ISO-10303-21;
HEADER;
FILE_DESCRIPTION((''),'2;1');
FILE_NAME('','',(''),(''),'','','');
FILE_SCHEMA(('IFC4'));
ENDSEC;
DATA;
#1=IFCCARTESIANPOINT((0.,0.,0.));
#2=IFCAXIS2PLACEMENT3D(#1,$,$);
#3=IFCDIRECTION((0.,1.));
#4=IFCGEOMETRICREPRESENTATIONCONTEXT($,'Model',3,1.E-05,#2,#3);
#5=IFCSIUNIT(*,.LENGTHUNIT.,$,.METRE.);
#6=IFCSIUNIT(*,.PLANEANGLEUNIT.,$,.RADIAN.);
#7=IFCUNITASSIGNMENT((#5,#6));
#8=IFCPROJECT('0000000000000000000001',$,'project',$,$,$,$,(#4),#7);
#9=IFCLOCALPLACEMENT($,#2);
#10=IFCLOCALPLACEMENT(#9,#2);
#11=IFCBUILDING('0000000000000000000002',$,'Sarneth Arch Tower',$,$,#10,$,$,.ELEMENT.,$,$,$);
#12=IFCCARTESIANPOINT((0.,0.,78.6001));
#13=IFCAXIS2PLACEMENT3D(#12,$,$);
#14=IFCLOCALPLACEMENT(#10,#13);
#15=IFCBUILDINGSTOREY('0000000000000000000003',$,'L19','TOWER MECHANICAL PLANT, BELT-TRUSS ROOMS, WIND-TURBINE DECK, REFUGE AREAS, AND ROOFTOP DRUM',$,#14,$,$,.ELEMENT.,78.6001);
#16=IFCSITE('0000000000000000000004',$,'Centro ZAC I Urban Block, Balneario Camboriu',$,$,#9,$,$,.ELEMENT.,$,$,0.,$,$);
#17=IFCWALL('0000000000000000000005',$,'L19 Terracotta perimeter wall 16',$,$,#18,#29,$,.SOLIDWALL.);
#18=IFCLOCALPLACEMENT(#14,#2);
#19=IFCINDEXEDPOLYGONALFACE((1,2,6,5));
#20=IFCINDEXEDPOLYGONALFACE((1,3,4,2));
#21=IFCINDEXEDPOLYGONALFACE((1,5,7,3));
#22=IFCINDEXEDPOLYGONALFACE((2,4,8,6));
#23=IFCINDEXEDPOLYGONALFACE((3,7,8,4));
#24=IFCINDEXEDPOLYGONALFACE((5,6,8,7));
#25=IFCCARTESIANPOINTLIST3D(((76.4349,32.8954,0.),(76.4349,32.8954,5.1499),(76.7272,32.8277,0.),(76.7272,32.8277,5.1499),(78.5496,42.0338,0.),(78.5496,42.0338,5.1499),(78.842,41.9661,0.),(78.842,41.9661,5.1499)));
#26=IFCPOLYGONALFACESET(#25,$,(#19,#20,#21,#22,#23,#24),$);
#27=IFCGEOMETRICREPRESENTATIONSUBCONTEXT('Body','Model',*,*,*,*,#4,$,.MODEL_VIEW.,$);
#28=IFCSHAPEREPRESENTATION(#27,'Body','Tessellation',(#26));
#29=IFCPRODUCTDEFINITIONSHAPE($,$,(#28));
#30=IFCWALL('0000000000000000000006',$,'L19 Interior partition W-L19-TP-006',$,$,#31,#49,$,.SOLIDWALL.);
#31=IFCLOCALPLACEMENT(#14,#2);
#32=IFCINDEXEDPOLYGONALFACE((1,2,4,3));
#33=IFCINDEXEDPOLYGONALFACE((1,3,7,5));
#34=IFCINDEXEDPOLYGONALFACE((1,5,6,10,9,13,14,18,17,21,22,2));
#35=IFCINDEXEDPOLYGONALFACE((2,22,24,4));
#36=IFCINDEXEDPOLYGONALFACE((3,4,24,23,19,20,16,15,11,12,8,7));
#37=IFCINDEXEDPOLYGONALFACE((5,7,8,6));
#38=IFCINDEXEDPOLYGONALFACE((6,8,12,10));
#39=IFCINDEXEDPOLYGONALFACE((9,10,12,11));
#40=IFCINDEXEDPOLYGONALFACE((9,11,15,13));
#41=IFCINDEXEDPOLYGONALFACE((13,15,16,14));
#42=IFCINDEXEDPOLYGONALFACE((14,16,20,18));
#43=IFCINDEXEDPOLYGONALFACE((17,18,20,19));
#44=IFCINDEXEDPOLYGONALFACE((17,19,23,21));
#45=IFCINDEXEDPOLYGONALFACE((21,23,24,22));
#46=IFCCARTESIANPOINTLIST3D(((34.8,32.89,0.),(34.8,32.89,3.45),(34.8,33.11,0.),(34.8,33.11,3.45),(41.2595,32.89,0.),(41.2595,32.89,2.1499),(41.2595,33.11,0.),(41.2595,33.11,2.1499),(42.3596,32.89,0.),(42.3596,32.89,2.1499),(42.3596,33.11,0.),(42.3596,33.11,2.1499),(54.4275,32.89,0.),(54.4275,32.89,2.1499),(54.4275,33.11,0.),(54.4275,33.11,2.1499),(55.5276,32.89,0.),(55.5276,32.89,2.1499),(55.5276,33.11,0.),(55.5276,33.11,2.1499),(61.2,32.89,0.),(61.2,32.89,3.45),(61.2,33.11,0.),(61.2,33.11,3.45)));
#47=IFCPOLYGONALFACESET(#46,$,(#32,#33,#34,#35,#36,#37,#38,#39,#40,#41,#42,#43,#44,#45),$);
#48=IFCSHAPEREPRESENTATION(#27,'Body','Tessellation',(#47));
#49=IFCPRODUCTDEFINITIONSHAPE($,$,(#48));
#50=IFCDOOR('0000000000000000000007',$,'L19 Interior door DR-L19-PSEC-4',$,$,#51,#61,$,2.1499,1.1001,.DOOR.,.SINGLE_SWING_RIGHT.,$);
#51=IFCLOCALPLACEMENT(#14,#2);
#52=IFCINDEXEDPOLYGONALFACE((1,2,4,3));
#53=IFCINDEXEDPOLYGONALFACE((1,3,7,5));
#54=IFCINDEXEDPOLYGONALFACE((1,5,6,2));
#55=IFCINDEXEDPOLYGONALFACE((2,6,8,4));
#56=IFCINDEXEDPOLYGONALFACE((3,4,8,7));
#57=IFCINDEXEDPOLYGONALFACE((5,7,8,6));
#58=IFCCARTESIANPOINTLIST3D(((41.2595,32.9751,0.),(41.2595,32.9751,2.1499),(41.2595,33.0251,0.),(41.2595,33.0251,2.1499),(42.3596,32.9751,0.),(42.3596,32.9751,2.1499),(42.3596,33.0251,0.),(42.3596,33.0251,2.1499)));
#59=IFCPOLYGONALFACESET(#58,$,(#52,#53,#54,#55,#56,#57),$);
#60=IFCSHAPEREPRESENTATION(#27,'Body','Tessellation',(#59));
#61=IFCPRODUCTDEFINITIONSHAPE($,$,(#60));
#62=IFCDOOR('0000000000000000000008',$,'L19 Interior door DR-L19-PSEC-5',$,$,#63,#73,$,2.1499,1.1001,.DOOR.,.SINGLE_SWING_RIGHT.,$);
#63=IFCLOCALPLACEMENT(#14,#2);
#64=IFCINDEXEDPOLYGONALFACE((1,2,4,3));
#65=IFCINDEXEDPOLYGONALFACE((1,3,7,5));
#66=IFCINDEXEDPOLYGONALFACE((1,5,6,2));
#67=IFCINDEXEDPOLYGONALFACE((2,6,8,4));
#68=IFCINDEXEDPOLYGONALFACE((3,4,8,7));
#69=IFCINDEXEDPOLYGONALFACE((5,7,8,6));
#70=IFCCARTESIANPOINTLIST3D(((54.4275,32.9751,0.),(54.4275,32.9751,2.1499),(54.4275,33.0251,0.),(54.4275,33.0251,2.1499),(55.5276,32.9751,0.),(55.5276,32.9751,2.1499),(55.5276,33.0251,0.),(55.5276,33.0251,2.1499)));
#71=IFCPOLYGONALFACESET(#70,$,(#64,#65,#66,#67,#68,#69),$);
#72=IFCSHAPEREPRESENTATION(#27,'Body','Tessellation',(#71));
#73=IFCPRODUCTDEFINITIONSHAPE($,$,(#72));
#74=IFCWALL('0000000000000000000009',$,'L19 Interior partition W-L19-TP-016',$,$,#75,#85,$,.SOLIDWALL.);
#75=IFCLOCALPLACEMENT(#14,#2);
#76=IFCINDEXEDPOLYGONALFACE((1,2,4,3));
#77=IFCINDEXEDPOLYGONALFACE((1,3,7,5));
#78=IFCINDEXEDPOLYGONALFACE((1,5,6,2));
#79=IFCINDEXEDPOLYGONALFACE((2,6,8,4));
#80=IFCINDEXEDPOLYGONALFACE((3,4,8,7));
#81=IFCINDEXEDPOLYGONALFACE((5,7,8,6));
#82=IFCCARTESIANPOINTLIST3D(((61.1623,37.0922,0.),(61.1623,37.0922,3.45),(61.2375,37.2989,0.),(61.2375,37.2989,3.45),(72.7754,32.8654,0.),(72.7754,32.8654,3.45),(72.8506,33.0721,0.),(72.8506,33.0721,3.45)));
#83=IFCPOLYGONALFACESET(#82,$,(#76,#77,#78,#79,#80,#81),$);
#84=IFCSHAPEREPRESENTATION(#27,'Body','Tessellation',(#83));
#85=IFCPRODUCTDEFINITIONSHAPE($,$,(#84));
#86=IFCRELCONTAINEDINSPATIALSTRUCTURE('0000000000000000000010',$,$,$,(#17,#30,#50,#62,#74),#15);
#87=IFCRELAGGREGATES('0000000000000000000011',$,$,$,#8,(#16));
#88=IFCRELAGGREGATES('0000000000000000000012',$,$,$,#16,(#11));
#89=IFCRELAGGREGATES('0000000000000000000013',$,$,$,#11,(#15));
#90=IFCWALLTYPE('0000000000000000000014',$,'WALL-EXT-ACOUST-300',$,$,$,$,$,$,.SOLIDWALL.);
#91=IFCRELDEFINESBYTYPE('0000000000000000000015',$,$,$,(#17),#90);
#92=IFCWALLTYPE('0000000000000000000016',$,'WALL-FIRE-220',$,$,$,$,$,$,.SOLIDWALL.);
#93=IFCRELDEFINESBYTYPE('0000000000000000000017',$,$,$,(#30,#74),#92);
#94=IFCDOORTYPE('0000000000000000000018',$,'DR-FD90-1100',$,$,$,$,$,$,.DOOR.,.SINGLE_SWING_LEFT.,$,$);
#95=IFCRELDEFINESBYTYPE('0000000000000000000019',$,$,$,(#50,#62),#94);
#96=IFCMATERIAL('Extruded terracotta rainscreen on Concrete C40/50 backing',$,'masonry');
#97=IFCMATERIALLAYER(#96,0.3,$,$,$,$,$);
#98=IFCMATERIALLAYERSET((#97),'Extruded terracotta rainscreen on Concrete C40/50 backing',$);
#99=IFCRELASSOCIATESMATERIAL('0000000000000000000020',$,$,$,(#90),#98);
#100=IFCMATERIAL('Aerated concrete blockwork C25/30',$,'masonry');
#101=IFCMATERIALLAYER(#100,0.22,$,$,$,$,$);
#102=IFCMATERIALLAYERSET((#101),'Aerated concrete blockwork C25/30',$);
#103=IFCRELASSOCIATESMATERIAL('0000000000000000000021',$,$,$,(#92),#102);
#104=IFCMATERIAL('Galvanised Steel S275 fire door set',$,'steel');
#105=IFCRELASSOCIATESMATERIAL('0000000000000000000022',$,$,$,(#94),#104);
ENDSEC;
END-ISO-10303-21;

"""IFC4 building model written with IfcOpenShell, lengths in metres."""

from ifc_helpers import new_model, si_unit, direction, frame, frame_2d, origin, place, context, subcontext, project, spatial, rectangle, extrude, material, layer, layer_set, type_object, element, fill, save


model = new_model("IFC4")

# Units and contexts
model_context = context("Model", 3, precision=1e-05, world=origin(), true_north=direction((0.0, 1.0)))
body_context = subcontext(model_context, "Body", "Model", "MODEL_VIEW")
ifc_project = project(units=[si_unit("LENGTHUNIT", "METRE"), si_unit("PLANEANGLEUNIT", "RADIAN")], contexts=[model_context])

# Site, building, storey
site_placement = place(None, origin())
site = spatial("IfcSite", under=ifc_project, at=site_placement, Name="Centro ZAC I Urban Block, Balneario Camboriu", CompositionType="ELEMENT", RefElevation=0.0)
building_placement = place(site_placement, origin())
building = spatial("IfcBuilding", under=site, at=building_placement, Name="Sarneth Arch Tower", CompositionType="ELEMENT")
storey_placement = place(building_placement, frame((0.0, 0.0, 78.6001)))
storey = spatial("IfcBuildingStorey", under=building, at=storey_placement, Name="L19", Description="TOWER MECHANICAL PLANT, BELT-TRUSS ROOMS, WIND-TURBINE DECK, REFUGE AREAS, AND ROOFTOP DRUM", CompositionType="ELEMENT", Elevation=78.6001)

# Wall
ifc_material_1 = material(Name="Extruded terracotta rainscreen on Concrete C40/50 backing", Category="masonry")
ifc_layer_1 = layer(ifc_material_1, 0.3)
ifc_layer_set_1 = layer_set([ifc_layer_1], Name="Extruded terracotta rainscreen on Concrete C40/50 backing")
wall_type_1 = type_object("IfcWallType", Name="WALL-EXT-ACOUST-300", PredefinedType="SOLIDWALL", material=ifc_layer_set_1)
wall_1_placement = place(storey_placement, frame((76.5811, 32.8616, 0.0), z_axis=(0.0, 0.0, 1.0), x_axis=(0.225454, 0.974254, 0.0)))
element("IfcWall", 1, at=wall_1_placement, inside=storey, type_object=wall_type_1, Name="L19 Terracotta perimeter wall 16", PredefinedType="SOLIDWALL", context=body_context, shape_type="SweptSolid", body=[
    extrude(rectangle(XDim=9.3799, YDim=0.3, at=frame_2d((4.6899, 0.0))), origin(), (0.0, 0.0, 1.0), 5.1499),
])

# Wall, openings, doors
ifc_material_2 = material(Name="Aerated concrete blockwork C25/30", Category="masonry")
ifc_layer_2 = layer(ifc_material_2, 0.22)
ifc_layer_set_2 = layer_set([ifc_layer_2], Name="Aerated concrete blockwork C25/30")
wall_type_2 = type_object("IfcWallType", Name="WALL-FIRE-220", PredefinedType="SOLIDWALL", material=ifc_layer_set_2)
wall_2_placement = place(storey_placement, frame((61.2, 33.0, 0.0), z_axis=(0.0, 0.0, 1.0), x_axis=(-1.0, 0.0, 0.0)))
wall_2 = element("IfcWall", 2, at=wall_2_placement, inside=storey, type_object=wall_type_2, Name="L19 Interior partition W-L19-TP-006", PredefinedType="SOLIDWALL", context=body_context, shape_type="SweptSolid", body=[
    extrude(rectangle(XDim=26.3999, YDim=0.22, at=frame_2d((13.2, 0.0))), origin(), (0.0, 0.0, 1.0), 3.45),
])
opening_1_placement = place(wall_2_placement, frame((18.8403, 0.0, 0.0)))
opening_1 = element("IfcOpeningElement", 3, at=opening_1_placement, cuts=wall_2, PredefinedType="OPENING", context=body_context, shape_type="SweptSolid", body=[
    extrude(rectangle(XDim=1.1001, YDim=2.1499, at=frame_2d((0.55, 1.075))), frame((0.0, 0.1199, 0.0), z_axis=(0.0, -1.0, 0.0), x_axis=(1.0, 0.0, 0.0)), (0.0, 0.0, 1.0), 0.24),
])
opening_2_placement = place(wall_2_placement, frame((5.6724, 0.0, 0.0)))
opening_2 = element("IfcOpeningElement", 4, at=opening_2_placement, cuts=wall_2, PredefinedType="OPENING", context=body_context, shape_type="SweptSolid", body=[
    extrude(rectangle(XDim=1.1001, YDim=2.1499, at=frame_2d((0.55, 1.075))), frame((0.0, 0.1199, 0.0), z_axis=(0.0, -1.0, 0.0), x_axis=(1.0, 0.0, 0.0)), (0.0, 0.0, 1.0), 0.24),
])
ifc_material_3 = material(Name="Galvanised Steel S275 fire door set", Category="steel")
door_type = type_object("IfcDoorType", Name="DR-FD90-1100", OperationType="SINGLE_SWING_LEFT", PredefinedType="DOOR", material=ifc_material_3)
door_1_placement = place(opening_1_placement, origin())
door_1 = element("IfcDoor", 5, at=door_1_placement, inside=storey, type_object=door_type, Name="L19 Interior door DR-L19-PSEC-4", OperationType="SINGLE_SWING_RIGHT", OverallHeight=2.1499, OverallWidth=1.1001, PredefinedType="DOOR", context=body_context, shape_type="SweptSolid", body=[
    extrude(rectangle(XDim=1.1001, YDim=2.1499, at=frame_2d((0.55, 1.075))), frame((0.0, 0.0249, 0.0), z_axis=(0.0, -1.0, 0.0), x_axis=(1.0, 0.0, 0.0)), (0.0, 0.0, 1.0), 0.05),
])
fill(opening_1, door_1)
door_2_placement = place(opening_2_placement, origin())
door_2 = element("IfcDoor", 6, at=door_2_placement, inside=storey, type_object=door_type, Name="L19 Interior door DR-L19-PSEC-5", OperationType="SINGLE_SWING_RIGHT", OverallHeight=2.1499, OverallWidth=1.1001, PredefinedType="DOOR", context=body_context, shape_type="SweptSolid", body=[
    extrude(rectangle(XDim=1.1001, YDim=2.1499, at=frame_2d((0.55, 1.075))), frame((0.0, 0.0249, 0.0), z_axis=(0.0, -1.0, 0.0), x_axis=(1.0, 0.0, 0.0)), (0.0, 0.0, 1.0), 0.05),
])
fill(opening_2, door_2)

# Wall
wall_3_placement = place(storey_placement, frame((72.813, 32.9688, 0.0), z_axis=(0.0, 0.0, 1.0), x_axis=(-0.939692, 0.342021, 0.0)))
element("IfcWall", 7, at=wall_3_placement, inside=storey, type_object=wall_type_2, Name="L19 Interior partition W-L19-TP-016", PredefinedType="SOLIDWALL", context=body_context, shape_type="SweptSolid", body=[
    extrude(rectangle(XDim=12.3584, YDim=0.22, at=frame_2d((6.1792, 0.0))), origin(), (0.0, 0.0, 1.0), 3.45),
])

save(model, "model.ifc")
